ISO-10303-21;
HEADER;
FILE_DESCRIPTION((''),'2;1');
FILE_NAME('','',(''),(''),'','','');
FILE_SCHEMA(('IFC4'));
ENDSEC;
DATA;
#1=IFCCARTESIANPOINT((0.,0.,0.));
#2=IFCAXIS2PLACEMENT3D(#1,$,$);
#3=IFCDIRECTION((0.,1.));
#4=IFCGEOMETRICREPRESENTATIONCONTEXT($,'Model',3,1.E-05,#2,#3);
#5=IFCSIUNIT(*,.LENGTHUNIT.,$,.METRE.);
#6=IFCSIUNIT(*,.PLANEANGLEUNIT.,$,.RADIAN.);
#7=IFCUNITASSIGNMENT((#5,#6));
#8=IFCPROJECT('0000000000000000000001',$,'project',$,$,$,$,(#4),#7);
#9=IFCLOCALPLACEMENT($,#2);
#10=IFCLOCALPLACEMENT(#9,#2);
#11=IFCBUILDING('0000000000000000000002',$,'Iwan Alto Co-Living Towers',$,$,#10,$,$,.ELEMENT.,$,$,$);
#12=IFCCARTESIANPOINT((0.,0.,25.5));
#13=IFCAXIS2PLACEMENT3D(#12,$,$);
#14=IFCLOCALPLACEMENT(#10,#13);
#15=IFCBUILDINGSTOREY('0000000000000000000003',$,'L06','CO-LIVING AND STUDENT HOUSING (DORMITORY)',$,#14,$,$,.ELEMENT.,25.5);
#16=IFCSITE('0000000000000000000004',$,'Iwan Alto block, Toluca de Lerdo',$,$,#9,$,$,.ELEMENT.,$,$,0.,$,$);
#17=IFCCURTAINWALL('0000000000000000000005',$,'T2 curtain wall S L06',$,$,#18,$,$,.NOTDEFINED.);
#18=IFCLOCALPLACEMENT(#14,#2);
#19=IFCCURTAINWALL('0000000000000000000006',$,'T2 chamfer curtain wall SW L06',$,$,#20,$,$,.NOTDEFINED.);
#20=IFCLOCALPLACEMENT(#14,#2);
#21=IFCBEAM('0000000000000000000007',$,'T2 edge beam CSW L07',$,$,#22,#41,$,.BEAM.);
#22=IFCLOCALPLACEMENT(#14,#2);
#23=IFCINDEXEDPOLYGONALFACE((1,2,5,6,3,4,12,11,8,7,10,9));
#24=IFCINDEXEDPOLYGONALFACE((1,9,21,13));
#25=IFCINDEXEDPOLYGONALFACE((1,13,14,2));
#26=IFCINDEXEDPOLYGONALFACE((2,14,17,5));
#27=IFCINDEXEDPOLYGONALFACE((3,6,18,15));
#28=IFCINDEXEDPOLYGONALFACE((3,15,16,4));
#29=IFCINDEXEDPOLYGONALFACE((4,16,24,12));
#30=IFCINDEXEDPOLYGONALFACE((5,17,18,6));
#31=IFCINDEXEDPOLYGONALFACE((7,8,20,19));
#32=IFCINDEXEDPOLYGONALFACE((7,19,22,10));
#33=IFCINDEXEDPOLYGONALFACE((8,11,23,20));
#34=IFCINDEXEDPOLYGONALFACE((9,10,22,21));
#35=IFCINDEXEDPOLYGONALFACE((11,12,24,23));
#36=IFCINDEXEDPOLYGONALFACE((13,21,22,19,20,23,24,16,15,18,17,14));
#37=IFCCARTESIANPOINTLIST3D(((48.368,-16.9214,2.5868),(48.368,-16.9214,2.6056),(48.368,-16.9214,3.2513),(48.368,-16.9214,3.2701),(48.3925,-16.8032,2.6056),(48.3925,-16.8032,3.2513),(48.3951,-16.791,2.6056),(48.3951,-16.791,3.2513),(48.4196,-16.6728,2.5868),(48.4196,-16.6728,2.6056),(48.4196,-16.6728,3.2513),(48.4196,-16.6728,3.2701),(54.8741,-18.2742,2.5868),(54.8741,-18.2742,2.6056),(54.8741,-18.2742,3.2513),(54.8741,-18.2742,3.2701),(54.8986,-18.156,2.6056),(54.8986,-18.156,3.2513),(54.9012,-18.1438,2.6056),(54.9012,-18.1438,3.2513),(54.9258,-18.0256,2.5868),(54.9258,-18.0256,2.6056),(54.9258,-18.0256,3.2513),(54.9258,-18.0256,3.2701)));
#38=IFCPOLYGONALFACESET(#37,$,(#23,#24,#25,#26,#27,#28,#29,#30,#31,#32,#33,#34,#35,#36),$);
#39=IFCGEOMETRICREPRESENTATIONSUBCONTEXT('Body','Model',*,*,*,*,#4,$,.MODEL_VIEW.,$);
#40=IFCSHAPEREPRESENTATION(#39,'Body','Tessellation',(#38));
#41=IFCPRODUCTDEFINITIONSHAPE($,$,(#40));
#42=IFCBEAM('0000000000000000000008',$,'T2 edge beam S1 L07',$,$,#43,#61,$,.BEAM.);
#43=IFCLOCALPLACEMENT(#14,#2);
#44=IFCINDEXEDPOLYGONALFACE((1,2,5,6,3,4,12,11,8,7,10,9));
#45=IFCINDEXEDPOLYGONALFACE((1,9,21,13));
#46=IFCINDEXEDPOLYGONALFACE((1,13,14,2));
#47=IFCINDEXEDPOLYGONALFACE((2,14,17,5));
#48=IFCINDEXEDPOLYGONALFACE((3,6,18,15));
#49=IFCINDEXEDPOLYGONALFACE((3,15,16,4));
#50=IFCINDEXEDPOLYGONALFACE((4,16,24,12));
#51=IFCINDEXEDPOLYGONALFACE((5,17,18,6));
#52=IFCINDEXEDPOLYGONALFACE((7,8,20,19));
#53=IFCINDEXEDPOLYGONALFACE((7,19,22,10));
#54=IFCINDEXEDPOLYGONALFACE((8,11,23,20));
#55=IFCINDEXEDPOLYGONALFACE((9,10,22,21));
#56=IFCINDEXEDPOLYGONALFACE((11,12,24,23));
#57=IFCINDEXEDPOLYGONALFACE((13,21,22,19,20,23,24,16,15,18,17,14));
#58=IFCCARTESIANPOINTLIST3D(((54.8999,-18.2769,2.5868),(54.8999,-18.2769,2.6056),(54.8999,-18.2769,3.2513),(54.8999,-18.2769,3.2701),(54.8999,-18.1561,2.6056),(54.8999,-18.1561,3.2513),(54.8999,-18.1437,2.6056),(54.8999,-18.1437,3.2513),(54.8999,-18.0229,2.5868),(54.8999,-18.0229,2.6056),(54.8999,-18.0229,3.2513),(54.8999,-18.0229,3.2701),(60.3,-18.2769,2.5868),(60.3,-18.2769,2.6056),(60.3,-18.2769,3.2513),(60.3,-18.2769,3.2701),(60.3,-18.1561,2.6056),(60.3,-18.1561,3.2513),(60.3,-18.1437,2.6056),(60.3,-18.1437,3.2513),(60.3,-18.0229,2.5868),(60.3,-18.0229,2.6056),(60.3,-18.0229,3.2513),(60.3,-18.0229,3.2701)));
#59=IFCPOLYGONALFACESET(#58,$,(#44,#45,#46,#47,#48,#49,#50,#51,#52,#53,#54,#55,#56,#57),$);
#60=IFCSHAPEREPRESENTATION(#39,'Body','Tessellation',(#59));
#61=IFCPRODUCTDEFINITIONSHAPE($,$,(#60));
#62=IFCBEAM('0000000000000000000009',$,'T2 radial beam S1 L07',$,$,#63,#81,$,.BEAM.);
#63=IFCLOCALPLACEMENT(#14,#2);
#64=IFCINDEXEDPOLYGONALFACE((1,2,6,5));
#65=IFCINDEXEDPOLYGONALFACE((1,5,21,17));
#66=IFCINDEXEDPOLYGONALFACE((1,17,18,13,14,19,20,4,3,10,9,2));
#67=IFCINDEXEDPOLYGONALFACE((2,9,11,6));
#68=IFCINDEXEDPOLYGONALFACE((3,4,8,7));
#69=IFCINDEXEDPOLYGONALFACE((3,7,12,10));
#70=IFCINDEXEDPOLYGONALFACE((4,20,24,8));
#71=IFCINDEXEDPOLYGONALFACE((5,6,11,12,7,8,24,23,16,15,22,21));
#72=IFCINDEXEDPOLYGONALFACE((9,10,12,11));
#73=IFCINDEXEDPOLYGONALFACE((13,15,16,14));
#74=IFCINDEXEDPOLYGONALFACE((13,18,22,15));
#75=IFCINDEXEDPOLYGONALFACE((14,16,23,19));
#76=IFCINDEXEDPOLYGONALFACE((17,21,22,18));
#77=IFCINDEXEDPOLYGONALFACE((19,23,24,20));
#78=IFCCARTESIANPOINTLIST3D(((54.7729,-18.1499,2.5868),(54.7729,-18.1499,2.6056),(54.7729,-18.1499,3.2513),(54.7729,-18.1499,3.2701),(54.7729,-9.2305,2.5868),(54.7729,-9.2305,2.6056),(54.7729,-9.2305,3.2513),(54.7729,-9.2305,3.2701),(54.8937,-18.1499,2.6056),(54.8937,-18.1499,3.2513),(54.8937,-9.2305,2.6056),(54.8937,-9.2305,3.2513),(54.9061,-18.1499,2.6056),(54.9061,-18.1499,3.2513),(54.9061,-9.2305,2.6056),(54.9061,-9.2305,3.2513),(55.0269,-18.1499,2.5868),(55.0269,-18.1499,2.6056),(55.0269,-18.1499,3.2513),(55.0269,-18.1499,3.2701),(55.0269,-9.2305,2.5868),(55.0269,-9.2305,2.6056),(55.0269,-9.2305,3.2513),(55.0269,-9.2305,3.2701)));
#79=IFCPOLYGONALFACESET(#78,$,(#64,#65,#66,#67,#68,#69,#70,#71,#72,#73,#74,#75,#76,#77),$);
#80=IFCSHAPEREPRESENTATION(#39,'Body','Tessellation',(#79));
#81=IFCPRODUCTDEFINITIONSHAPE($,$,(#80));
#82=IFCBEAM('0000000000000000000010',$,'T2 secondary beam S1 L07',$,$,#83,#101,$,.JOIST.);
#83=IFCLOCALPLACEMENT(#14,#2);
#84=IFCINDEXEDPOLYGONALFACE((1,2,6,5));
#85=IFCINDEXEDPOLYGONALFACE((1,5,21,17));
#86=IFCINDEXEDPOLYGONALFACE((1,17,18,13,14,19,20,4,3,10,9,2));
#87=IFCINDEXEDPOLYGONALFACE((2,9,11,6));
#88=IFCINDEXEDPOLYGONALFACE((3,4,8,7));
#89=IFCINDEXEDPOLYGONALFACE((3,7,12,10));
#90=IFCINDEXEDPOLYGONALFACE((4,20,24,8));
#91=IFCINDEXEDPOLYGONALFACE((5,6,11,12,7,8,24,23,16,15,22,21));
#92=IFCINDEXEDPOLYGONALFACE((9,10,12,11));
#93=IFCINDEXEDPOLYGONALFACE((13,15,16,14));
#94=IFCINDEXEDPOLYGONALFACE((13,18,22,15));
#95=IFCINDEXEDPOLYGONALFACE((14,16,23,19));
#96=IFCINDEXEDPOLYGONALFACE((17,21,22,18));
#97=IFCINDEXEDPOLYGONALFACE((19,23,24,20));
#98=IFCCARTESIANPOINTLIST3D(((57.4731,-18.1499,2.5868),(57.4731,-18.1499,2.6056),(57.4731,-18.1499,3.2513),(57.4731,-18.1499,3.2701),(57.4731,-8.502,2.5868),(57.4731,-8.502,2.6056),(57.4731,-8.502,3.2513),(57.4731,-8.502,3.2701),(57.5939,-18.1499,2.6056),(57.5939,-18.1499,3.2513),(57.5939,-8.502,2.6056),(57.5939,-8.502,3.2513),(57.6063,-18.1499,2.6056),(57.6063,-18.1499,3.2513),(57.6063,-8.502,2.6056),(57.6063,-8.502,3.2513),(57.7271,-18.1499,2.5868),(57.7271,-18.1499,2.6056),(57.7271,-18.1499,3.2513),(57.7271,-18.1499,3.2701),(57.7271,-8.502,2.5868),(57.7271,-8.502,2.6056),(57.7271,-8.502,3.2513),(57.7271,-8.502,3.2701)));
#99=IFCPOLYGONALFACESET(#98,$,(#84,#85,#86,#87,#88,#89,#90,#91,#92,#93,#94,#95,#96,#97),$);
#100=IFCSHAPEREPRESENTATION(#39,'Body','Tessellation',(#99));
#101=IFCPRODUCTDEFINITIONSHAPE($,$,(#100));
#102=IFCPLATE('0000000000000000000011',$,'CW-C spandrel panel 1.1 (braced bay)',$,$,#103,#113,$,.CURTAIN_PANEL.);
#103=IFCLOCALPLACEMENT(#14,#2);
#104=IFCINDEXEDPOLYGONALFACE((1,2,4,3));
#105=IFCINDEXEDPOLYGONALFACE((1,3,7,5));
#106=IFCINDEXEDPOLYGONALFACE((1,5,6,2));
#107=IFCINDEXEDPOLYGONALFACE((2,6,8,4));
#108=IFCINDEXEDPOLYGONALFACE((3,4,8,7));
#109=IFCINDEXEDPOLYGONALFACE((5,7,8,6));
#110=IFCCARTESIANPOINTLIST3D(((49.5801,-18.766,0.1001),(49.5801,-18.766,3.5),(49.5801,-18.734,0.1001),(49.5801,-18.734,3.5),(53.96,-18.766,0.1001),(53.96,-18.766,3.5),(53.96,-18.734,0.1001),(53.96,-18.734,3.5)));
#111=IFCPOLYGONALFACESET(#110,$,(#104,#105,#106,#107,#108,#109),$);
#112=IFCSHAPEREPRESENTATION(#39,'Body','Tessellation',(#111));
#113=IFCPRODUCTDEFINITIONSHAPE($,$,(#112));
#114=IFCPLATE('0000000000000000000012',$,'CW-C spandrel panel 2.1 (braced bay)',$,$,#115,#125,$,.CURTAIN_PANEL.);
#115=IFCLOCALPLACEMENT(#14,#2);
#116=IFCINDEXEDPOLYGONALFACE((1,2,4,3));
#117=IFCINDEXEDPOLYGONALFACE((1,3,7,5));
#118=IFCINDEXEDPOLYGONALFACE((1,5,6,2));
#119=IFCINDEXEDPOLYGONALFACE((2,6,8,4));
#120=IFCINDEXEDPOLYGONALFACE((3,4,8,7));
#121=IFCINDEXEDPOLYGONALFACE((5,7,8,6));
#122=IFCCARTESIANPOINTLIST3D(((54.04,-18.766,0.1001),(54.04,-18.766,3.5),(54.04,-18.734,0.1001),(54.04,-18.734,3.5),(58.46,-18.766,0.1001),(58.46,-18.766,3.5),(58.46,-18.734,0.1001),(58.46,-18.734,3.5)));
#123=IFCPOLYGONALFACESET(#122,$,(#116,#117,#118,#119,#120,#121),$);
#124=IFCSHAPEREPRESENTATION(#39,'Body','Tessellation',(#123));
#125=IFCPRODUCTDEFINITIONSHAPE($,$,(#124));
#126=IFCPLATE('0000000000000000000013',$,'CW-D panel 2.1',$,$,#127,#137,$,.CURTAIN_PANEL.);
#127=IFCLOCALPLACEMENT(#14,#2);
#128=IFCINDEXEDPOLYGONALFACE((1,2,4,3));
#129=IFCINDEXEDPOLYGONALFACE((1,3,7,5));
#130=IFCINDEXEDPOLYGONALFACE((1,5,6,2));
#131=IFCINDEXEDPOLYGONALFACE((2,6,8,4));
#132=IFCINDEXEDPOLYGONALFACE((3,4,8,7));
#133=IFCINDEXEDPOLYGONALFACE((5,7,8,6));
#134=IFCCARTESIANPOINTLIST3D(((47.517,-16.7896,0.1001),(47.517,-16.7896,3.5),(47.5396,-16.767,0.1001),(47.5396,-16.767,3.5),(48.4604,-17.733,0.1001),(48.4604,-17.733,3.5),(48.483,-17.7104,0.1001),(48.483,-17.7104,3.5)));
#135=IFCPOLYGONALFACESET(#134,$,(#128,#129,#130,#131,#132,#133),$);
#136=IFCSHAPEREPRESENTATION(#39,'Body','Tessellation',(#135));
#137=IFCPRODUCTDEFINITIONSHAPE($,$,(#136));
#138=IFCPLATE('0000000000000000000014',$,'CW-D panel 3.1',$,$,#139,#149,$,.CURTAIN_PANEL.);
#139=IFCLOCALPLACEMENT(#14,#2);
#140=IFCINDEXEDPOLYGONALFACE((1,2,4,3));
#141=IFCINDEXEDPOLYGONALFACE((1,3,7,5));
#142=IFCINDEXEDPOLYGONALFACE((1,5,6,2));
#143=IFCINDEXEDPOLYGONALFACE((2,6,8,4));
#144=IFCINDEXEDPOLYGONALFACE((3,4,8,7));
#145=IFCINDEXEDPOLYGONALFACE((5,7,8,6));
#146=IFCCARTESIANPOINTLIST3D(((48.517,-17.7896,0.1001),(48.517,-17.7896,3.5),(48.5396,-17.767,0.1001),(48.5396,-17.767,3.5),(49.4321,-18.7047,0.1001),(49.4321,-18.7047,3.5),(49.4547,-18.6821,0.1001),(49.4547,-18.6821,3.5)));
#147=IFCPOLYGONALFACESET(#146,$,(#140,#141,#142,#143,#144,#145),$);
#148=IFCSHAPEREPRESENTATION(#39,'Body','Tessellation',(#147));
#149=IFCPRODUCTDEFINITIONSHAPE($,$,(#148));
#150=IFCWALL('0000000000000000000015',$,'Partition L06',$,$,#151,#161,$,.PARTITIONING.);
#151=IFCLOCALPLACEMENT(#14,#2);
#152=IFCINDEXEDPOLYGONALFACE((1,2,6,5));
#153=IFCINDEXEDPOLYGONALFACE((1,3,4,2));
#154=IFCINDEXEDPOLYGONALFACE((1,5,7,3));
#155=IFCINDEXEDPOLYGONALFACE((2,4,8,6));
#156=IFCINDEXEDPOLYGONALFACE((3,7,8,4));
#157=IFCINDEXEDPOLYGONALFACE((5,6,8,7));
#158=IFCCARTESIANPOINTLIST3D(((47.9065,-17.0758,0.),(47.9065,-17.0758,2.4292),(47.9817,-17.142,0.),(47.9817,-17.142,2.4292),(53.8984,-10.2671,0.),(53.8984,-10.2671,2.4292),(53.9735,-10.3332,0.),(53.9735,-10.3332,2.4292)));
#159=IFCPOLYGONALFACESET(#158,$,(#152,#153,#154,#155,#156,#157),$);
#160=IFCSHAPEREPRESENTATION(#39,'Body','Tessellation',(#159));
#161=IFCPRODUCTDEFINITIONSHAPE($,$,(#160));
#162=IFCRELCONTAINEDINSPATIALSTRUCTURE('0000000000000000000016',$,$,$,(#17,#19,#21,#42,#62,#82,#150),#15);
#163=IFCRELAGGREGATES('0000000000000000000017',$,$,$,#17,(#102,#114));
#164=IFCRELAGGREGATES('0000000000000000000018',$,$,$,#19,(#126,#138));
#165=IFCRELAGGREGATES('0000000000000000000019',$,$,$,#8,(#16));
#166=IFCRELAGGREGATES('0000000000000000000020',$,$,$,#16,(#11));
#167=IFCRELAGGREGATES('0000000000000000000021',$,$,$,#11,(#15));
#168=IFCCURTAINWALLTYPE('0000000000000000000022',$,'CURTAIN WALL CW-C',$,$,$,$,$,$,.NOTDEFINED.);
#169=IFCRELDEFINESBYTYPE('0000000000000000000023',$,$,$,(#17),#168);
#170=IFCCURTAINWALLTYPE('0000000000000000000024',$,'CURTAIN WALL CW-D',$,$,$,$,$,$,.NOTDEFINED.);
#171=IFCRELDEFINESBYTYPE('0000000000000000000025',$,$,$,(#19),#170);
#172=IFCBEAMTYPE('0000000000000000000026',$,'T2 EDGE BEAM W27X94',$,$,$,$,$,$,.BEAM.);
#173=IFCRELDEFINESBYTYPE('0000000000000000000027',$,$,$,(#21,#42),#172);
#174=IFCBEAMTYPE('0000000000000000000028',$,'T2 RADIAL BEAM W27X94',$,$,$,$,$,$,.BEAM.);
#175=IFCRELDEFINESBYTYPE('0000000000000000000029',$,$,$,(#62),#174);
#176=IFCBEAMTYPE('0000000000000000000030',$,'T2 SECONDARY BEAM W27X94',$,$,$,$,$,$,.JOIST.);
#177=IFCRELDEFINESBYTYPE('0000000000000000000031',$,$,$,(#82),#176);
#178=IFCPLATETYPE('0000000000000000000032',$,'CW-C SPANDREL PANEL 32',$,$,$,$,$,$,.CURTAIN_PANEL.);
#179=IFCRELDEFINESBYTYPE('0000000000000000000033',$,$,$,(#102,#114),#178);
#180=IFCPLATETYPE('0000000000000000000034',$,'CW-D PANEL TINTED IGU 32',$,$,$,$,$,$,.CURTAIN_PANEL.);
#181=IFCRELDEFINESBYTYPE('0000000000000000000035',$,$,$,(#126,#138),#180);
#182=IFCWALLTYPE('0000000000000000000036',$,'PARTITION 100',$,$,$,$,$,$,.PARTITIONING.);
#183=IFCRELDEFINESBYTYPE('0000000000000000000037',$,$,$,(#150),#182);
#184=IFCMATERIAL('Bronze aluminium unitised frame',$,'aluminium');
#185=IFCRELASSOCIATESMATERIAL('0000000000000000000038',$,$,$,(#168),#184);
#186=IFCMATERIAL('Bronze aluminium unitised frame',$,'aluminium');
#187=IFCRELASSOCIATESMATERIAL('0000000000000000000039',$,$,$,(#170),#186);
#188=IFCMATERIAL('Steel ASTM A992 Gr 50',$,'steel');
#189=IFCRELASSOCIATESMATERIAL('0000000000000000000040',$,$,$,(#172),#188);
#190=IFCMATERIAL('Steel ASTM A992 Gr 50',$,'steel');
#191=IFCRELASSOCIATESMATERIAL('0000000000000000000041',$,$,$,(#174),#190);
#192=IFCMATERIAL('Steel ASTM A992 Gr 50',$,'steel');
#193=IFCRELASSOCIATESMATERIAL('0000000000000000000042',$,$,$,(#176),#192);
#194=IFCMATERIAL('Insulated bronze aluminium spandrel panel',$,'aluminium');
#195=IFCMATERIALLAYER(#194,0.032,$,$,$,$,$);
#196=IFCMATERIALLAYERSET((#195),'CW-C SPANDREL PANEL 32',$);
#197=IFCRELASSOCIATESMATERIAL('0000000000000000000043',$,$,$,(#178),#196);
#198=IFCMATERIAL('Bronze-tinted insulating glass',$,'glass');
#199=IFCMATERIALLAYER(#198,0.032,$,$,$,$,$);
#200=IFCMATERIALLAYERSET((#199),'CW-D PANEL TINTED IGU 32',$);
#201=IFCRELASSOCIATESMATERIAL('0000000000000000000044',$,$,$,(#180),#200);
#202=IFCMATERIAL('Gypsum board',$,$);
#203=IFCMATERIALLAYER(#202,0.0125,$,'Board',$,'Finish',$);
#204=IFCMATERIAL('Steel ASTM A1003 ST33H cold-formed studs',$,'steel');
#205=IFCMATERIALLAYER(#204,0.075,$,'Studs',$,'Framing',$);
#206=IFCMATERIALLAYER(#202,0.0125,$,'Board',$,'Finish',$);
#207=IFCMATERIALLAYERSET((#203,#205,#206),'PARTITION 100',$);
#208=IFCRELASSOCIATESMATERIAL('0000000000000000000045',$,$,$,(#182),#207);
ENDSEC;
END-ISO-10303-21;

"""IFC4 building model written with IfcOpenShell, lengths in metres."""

from ifc_helpers import new_model, si_unit, direction, frame, frame_2d, origin, origin_2d, place, context, subcontext, project, spatial, rectangle, i_section, extrude, material, layer, layer_set, material_profile, profile_set, type_object, element, aggregate, save


model = new_model("IFC4")

# Units and contexts
model_context = context("Model", 3, precision=1e-05, world=origin(), true_north=direction((0.0, 1.0)))
body_context = subcontext(model_context, "Body", "Model", "MODEL_VIEW")
ifc_project = project(units=[si_unit("LENGTHUNIT", "METRE"), si_unit("PLANEANGLEUNIT", "RADIAN")], contexts=[model_context])

# Site, building, storey
site_placement = place(None, origin())
site = spatial("IfcSite", under=ifc_project, at=site_placement, Name="Iwan Alto block, Toluca de Lerdo", CompositionType="ELEMENT", RefElevation=0.0)
building_placement = place(site_placement, origin())
building = spatial("IfcBuilding", under=site, at=building_placement, Name="Iwan Alto Co-Living Towers", CompositionType="ELEMENT")
storey_placement = place(building_placement, frame((0.0, 0.0, 25.5)))
storey = spatial("IfcBuildingStorey", under=building, at=storey_placement, Name="L06", Description="CO-LIVING AND STUDENT HOUSING (DORMITORY)", CompositionType="ELEMENT", Elevation=25.5)

# Curtain walls
ifc_material_1 = material(Name="Bronze aluminium unitised frame", Category="aluminium")
curtain_wall_type_1 = type_object("IfcCurtainWallType", Name="CURTAIN WALL CW-C", PredefinedType="NOTDEFINED", material=ifc_material_1)
curtain_wall_1_placement = place(storey_placement, origin())
curtain_wall_1 = element("IfcCurtainWall", 1, at=curtain_wall_1_placement, inside=storey, type_object=curtain_wall_type_1, Name="T2 curtain wall S L06", PredefinedType="NOTDEFINED")
ifc_material_2 = material(Name="Bronze aluminium unitised frame", Category="aluminium")
curtain_wall_type_2 = type_object("IfcCurtainWallType", Name="CURTAIN WALL CW-D", PredefinedType="NOTDEFINED", material=ifc_material_2)
curtain_wall_2_placement = place(storey_placement, origin())
curtain_wall_2 = element("IfcCurtainWall", 2, at=curtain_wall_2_placement, inside=storey, type_object=curtain_wall_type_2, Name="T2 chamfer curtain wall SW L06", PredefinedType="NOTDEFINED")

# Beams
ifc_material_3 = material(Name="Steel ASTM A992 Gr 50", Category="steel")
ifc_material_profile_1 = material_profile(ifc_material_3, i_section(OverallWidth=0.2539, OverallDepth=0.6833, WebThickness=0.0125, FlangeThickness=0.0188, at=origin_2d()), Name="W27X94")
ifc_profile_set_1 = profile_set([ifc_material_profile_1], Name="Steel ASTM A992 Gr 50")
beam_type_1 = type_object("IfcBeamType", Name="T2 EDGE BEAM W27X94", PredefinedType="BEAM", material=ifc_profile_set_1)
beam_1_placement = place(storey_placement, frame((48.3938, -16.7971, 2.9285), z_axis=(0.97906, -0.203571, 0.0), x_axis=(0.203571, 0.97906, 0.0)))
element("IfcBeam", 3, at=beam_1_placement, inside=storey, type_object=beam_type_1, Name="T2 edge beam CSW L07", PredefinedType="BEAM", context=body_context, shape_type="SweptSolid", body=[
    extrude(i_section(OverallWidth=0.2539, OverallDepth=0.6833, WebThickness=0.0125, FlangeThickness=0.0188, at=origin_2d()), origin(), (0.0, 0.0, 1.0), 6.6453),
])
beam_2_placement = place(storey_placement, frame((54.8999, -18.1499, 2.9285), z_axis=(1.0, 0.0, 0.0), x_axis=(0.0, 1.0, 0.0)))
element("IfcBeam", 4, at=beam_2_placement, inside=storey, type_object=beam_type_1, Name="T2 edge beam S1 L07", PredefinedType="BEAM", context=body_context, shape_type="SweptSolid", body=[
    extrude(i_section(OverallWidth=0.2539, OverallDepth=0.6833, WebThickness=0.0125, FlangeThickness=0.0188, at=origin_2d()), origin(), (0.0, 0.0, 1.0), 5.4001),
])
ifc_material_4 = material(Name="Steel ASTM A992 Gr 50", Category="steel")
ifc_material_profile_2 = material_profile(ifc_material_4, i_section(OverallWidth=0.2539, OverallDepth=0.6833, WebThickness=0.0125, FlangeThickness=0.0188, at=origin_2d()), Name="W27X94")
ifc_profile_set_2 = profile_set([ifc_material_profile_2], Name="Steel ASTM A992 Gr 50")
beam_type_2 = type_object("IfcBeamType", Name="T2 RADIAL BEAM W27X94", PredefinedType="BEAM", material=ifc_profile_set_2)
beam_3_placement = place(storey_placement, frame((54.8999, -18.1499, 2.9285), z_axis=(0.0, 1.0, 0.0), x_axis=(-1.0, 0.0, 0.0)))
element("IfcBeam", 5, at=beam_3_placement, inside=storey, type_object=beam_type_2, Name="T2 radial beam S1 L07", PredefinedType="BEAM", context=body_context, shape_type="SweptSolid", body=[
    extrude(i_section(OverallWidth=0.2539, OverallDepth=0.6833, WebThickness=0.0125, FlangeThickness=0.0188, at=origin_2d()), origin(), (0.0, 0.0, 1.0), 8.9194),
])
ifc_material_5 = material(Name="Steel ASTM A992 Gr 50", Category="steel")
ifc_material_profile_3 = material_profile(ifc_material_5, i_section(OverallWidth=0.2539, OverallDepth=0.6833, WebThickness=0.0125, FlangeThickness=0.0188, at=origin_2d()), Name="W27X94")
ifc_profile_set_3 = profile_set([ifc_material_profile_3], Name="Steel ASTM A992 Gr 50")
beam_type_3 = type_object("IfcBeamType", Name="T2 SECONDARY BEAM W27X94", PredefinedType="JOIST", material=ifc_profile_set_3)
beam_4_placement = place(storey_placement, frame((57.6001, -18.1499, 2.9285), z_axis=(0.0, 1.0, 0.0), x_axis=(-1.0, 0.0, 0.0)))
element("IfcBeam", 6, at=beam_4_placement, inside=storey, type_object=beam_type_3, Name="T2 secondary beam S1 L07", PredefinedType="JOIST", context=body_context, shape_type="SweptSolid", body=[
    extrude(i_section(OverallWidth=0.2539, OverallDepth=0.6833, WebThickness=0.0125, FlangeThickness=0.0188, at=origin_2d()), origin(), (0.0, 0.0, 1.0), 9.6479),
])

# Plates
ifc_material_6 = material(Name="Insulated bronze aluminium spandrel panel", Category="aluminium")
ifc_layer_1 = layer(ifc_material_6, 0.032)
ifc_layer_set_1 = layer_set([ifc_layer_1], Name="CW-C SPANDREL PANEL 32")
plate_type_1 = type_object("IfcPlateType", Name="CW-C SPANDREL PANEL 32", PredefinedType="CURTAIN_PANEL", material=ifc_layer_set_1)
plate_1_placement = place(storey_placement, frame((51.77, -18.75, 0.1001), z_axis=(0.0, 0.0, 1.0), x_axis=(1.0, 0.0, 0.0)))
plate_1 = element("IfcPlate", 7, at=plate_1_placement, type_object=plate_type_1, Name="CW-C spandrel panel 1.1 (braced bay)", PredefinedType="CURTAIN_PANEL", context=body_context, shape_type="SweptSolid", body=[
    extrude(rectangle(XDim=4.3799, YDim=0.032, at=origin_2d()), origin(), (0.0, 0.0, 1.0), 3.3999),
])
plate_2_placement = place(storey_placement, frame((56.25, -18.75, 0.1001), z_axis=(0.0, 0.0, 1.0), x_axis=(1.0, 0.0, 0.0)))
plate_2 = element("IfcPlate", 8, at=plate_2_placement, type_object=plate_type_1, Name="CW-C spandrel panel 2.1 (braced bay)", PredefinedType="CURTAIN_PANEL", context=body_context, shape_type="SweptSolid", body=[
    extrude(rectangle(XDim=4.4199, YDim=0.032, at=origin_2d()), origin(), (0.0, 0.0, 1.0), 3.3999),
])
aggregate(curtain_wall_1, [plate_1, plate_2])
ifc_material_7 = material(Name="Bronze-tinted insulating glass", Category="glass")
ifc_layer_2 = layer(ifc_material_7, 0.032)
ifc_layer_set_2 = layer_set([ifc_layer_2], Name="CW-D PANEL TINTED IGU 32")
plate_type_2 = type_object("IfcPlateType", Name="CW-D PANEL TINTED IGU 32", PredefinedType="CURTAIN_PANEL", material=ifc_layer_set_2)
plate_3_placement = place(storey_placement, frame((48.0, -17.25, 0.1001), z_axis=(0.0, 0.0, 1.0), x_axis=(0.707107, -0.707107, 0.0)))
plate_3 = element("IfcPlate", 9, at=plate_3_placement, type_object=plate_type_2, Name="CW-D panel 2.1", PredefinedType="CURTAIN_PANEL", context=body_context, shape_type="SweptSolid", body=[
    extrude(rectangle(XDim=1.3342, YDim=0.032, at=origin_2d()), origin(), (0.0, 0.0, 1.0), 3.3999),
])
plate_4_placement = place(storey_placement, frame((48.9858, -18.2358, 0.1001), z_axis=(0.0, 0.0, 1.0), x_axis=(0.707107, -0.707107, 0.0)))
plate_4 = element("IfcPlate", 10, at=plate_4_placement, type_object=plate_type_2, Name="CW-D panel 3.1", PredefinedType="CURTAIN_PANEL", context=body_context, shape_type="SweptSolid", body=[
    extrude(rectangle(XDim=1.2942, YDim=0.032, at=origin_2d()), origin(), (0.0, 0.0, 1.0), 3.3999),
])
aggregate(curtain_wall_2, [plate_3, plate_4])

# Wall
ifc_material_8 = material(Name="Gypsum board")
ifc_layer_3 = layer(ifc_material_8, 0.0125, Name="Board", Category="Finish")
ifc_material_9 = material(Name="Steel ASTM A1003 ST33H cold-formed studs", Category="steel")
ifc_layer_4 = layer(ifc_material_9, 0.075, Name="Studs", Category="Framing")
ifc_layer_5 = layer(ifc_material_8, 0.0125, Name="Board", Category="Finish")
ifc_layer_set_3 = layer_set([ifc_layer_3, ifc_layer_4, ifc_layer_5], Name="PARTITION 100")
wall_type_1 = type_object("IfcWallType", Name="PARTITION 100", PredefinedType="PARTITIONING", material=ifc_layer_set_3)
wall_1_placement = place(storey_placement, frame((47.9441, -17.1089, 0.0), z_axis=(0.0, 0.0, 1.0), x_axis=(0.660638, 0.750704, 0.0)))
element("IfcWall", 11, at=wall_1_placement, inside=storey, type_object=wall_type_1, Name="Partition L06", PredefinedType="PARTITIONING", context=body_context, shape_type="SweptSolid", body=[
    extrude(rectangle(XDim=9.0698, YDim=0.1001, at=frame_2d((4.5349, 0.0))), origin(), (0.0, 0.0, 1.0), 2.4292),
])

save(model, "model.ifc")
